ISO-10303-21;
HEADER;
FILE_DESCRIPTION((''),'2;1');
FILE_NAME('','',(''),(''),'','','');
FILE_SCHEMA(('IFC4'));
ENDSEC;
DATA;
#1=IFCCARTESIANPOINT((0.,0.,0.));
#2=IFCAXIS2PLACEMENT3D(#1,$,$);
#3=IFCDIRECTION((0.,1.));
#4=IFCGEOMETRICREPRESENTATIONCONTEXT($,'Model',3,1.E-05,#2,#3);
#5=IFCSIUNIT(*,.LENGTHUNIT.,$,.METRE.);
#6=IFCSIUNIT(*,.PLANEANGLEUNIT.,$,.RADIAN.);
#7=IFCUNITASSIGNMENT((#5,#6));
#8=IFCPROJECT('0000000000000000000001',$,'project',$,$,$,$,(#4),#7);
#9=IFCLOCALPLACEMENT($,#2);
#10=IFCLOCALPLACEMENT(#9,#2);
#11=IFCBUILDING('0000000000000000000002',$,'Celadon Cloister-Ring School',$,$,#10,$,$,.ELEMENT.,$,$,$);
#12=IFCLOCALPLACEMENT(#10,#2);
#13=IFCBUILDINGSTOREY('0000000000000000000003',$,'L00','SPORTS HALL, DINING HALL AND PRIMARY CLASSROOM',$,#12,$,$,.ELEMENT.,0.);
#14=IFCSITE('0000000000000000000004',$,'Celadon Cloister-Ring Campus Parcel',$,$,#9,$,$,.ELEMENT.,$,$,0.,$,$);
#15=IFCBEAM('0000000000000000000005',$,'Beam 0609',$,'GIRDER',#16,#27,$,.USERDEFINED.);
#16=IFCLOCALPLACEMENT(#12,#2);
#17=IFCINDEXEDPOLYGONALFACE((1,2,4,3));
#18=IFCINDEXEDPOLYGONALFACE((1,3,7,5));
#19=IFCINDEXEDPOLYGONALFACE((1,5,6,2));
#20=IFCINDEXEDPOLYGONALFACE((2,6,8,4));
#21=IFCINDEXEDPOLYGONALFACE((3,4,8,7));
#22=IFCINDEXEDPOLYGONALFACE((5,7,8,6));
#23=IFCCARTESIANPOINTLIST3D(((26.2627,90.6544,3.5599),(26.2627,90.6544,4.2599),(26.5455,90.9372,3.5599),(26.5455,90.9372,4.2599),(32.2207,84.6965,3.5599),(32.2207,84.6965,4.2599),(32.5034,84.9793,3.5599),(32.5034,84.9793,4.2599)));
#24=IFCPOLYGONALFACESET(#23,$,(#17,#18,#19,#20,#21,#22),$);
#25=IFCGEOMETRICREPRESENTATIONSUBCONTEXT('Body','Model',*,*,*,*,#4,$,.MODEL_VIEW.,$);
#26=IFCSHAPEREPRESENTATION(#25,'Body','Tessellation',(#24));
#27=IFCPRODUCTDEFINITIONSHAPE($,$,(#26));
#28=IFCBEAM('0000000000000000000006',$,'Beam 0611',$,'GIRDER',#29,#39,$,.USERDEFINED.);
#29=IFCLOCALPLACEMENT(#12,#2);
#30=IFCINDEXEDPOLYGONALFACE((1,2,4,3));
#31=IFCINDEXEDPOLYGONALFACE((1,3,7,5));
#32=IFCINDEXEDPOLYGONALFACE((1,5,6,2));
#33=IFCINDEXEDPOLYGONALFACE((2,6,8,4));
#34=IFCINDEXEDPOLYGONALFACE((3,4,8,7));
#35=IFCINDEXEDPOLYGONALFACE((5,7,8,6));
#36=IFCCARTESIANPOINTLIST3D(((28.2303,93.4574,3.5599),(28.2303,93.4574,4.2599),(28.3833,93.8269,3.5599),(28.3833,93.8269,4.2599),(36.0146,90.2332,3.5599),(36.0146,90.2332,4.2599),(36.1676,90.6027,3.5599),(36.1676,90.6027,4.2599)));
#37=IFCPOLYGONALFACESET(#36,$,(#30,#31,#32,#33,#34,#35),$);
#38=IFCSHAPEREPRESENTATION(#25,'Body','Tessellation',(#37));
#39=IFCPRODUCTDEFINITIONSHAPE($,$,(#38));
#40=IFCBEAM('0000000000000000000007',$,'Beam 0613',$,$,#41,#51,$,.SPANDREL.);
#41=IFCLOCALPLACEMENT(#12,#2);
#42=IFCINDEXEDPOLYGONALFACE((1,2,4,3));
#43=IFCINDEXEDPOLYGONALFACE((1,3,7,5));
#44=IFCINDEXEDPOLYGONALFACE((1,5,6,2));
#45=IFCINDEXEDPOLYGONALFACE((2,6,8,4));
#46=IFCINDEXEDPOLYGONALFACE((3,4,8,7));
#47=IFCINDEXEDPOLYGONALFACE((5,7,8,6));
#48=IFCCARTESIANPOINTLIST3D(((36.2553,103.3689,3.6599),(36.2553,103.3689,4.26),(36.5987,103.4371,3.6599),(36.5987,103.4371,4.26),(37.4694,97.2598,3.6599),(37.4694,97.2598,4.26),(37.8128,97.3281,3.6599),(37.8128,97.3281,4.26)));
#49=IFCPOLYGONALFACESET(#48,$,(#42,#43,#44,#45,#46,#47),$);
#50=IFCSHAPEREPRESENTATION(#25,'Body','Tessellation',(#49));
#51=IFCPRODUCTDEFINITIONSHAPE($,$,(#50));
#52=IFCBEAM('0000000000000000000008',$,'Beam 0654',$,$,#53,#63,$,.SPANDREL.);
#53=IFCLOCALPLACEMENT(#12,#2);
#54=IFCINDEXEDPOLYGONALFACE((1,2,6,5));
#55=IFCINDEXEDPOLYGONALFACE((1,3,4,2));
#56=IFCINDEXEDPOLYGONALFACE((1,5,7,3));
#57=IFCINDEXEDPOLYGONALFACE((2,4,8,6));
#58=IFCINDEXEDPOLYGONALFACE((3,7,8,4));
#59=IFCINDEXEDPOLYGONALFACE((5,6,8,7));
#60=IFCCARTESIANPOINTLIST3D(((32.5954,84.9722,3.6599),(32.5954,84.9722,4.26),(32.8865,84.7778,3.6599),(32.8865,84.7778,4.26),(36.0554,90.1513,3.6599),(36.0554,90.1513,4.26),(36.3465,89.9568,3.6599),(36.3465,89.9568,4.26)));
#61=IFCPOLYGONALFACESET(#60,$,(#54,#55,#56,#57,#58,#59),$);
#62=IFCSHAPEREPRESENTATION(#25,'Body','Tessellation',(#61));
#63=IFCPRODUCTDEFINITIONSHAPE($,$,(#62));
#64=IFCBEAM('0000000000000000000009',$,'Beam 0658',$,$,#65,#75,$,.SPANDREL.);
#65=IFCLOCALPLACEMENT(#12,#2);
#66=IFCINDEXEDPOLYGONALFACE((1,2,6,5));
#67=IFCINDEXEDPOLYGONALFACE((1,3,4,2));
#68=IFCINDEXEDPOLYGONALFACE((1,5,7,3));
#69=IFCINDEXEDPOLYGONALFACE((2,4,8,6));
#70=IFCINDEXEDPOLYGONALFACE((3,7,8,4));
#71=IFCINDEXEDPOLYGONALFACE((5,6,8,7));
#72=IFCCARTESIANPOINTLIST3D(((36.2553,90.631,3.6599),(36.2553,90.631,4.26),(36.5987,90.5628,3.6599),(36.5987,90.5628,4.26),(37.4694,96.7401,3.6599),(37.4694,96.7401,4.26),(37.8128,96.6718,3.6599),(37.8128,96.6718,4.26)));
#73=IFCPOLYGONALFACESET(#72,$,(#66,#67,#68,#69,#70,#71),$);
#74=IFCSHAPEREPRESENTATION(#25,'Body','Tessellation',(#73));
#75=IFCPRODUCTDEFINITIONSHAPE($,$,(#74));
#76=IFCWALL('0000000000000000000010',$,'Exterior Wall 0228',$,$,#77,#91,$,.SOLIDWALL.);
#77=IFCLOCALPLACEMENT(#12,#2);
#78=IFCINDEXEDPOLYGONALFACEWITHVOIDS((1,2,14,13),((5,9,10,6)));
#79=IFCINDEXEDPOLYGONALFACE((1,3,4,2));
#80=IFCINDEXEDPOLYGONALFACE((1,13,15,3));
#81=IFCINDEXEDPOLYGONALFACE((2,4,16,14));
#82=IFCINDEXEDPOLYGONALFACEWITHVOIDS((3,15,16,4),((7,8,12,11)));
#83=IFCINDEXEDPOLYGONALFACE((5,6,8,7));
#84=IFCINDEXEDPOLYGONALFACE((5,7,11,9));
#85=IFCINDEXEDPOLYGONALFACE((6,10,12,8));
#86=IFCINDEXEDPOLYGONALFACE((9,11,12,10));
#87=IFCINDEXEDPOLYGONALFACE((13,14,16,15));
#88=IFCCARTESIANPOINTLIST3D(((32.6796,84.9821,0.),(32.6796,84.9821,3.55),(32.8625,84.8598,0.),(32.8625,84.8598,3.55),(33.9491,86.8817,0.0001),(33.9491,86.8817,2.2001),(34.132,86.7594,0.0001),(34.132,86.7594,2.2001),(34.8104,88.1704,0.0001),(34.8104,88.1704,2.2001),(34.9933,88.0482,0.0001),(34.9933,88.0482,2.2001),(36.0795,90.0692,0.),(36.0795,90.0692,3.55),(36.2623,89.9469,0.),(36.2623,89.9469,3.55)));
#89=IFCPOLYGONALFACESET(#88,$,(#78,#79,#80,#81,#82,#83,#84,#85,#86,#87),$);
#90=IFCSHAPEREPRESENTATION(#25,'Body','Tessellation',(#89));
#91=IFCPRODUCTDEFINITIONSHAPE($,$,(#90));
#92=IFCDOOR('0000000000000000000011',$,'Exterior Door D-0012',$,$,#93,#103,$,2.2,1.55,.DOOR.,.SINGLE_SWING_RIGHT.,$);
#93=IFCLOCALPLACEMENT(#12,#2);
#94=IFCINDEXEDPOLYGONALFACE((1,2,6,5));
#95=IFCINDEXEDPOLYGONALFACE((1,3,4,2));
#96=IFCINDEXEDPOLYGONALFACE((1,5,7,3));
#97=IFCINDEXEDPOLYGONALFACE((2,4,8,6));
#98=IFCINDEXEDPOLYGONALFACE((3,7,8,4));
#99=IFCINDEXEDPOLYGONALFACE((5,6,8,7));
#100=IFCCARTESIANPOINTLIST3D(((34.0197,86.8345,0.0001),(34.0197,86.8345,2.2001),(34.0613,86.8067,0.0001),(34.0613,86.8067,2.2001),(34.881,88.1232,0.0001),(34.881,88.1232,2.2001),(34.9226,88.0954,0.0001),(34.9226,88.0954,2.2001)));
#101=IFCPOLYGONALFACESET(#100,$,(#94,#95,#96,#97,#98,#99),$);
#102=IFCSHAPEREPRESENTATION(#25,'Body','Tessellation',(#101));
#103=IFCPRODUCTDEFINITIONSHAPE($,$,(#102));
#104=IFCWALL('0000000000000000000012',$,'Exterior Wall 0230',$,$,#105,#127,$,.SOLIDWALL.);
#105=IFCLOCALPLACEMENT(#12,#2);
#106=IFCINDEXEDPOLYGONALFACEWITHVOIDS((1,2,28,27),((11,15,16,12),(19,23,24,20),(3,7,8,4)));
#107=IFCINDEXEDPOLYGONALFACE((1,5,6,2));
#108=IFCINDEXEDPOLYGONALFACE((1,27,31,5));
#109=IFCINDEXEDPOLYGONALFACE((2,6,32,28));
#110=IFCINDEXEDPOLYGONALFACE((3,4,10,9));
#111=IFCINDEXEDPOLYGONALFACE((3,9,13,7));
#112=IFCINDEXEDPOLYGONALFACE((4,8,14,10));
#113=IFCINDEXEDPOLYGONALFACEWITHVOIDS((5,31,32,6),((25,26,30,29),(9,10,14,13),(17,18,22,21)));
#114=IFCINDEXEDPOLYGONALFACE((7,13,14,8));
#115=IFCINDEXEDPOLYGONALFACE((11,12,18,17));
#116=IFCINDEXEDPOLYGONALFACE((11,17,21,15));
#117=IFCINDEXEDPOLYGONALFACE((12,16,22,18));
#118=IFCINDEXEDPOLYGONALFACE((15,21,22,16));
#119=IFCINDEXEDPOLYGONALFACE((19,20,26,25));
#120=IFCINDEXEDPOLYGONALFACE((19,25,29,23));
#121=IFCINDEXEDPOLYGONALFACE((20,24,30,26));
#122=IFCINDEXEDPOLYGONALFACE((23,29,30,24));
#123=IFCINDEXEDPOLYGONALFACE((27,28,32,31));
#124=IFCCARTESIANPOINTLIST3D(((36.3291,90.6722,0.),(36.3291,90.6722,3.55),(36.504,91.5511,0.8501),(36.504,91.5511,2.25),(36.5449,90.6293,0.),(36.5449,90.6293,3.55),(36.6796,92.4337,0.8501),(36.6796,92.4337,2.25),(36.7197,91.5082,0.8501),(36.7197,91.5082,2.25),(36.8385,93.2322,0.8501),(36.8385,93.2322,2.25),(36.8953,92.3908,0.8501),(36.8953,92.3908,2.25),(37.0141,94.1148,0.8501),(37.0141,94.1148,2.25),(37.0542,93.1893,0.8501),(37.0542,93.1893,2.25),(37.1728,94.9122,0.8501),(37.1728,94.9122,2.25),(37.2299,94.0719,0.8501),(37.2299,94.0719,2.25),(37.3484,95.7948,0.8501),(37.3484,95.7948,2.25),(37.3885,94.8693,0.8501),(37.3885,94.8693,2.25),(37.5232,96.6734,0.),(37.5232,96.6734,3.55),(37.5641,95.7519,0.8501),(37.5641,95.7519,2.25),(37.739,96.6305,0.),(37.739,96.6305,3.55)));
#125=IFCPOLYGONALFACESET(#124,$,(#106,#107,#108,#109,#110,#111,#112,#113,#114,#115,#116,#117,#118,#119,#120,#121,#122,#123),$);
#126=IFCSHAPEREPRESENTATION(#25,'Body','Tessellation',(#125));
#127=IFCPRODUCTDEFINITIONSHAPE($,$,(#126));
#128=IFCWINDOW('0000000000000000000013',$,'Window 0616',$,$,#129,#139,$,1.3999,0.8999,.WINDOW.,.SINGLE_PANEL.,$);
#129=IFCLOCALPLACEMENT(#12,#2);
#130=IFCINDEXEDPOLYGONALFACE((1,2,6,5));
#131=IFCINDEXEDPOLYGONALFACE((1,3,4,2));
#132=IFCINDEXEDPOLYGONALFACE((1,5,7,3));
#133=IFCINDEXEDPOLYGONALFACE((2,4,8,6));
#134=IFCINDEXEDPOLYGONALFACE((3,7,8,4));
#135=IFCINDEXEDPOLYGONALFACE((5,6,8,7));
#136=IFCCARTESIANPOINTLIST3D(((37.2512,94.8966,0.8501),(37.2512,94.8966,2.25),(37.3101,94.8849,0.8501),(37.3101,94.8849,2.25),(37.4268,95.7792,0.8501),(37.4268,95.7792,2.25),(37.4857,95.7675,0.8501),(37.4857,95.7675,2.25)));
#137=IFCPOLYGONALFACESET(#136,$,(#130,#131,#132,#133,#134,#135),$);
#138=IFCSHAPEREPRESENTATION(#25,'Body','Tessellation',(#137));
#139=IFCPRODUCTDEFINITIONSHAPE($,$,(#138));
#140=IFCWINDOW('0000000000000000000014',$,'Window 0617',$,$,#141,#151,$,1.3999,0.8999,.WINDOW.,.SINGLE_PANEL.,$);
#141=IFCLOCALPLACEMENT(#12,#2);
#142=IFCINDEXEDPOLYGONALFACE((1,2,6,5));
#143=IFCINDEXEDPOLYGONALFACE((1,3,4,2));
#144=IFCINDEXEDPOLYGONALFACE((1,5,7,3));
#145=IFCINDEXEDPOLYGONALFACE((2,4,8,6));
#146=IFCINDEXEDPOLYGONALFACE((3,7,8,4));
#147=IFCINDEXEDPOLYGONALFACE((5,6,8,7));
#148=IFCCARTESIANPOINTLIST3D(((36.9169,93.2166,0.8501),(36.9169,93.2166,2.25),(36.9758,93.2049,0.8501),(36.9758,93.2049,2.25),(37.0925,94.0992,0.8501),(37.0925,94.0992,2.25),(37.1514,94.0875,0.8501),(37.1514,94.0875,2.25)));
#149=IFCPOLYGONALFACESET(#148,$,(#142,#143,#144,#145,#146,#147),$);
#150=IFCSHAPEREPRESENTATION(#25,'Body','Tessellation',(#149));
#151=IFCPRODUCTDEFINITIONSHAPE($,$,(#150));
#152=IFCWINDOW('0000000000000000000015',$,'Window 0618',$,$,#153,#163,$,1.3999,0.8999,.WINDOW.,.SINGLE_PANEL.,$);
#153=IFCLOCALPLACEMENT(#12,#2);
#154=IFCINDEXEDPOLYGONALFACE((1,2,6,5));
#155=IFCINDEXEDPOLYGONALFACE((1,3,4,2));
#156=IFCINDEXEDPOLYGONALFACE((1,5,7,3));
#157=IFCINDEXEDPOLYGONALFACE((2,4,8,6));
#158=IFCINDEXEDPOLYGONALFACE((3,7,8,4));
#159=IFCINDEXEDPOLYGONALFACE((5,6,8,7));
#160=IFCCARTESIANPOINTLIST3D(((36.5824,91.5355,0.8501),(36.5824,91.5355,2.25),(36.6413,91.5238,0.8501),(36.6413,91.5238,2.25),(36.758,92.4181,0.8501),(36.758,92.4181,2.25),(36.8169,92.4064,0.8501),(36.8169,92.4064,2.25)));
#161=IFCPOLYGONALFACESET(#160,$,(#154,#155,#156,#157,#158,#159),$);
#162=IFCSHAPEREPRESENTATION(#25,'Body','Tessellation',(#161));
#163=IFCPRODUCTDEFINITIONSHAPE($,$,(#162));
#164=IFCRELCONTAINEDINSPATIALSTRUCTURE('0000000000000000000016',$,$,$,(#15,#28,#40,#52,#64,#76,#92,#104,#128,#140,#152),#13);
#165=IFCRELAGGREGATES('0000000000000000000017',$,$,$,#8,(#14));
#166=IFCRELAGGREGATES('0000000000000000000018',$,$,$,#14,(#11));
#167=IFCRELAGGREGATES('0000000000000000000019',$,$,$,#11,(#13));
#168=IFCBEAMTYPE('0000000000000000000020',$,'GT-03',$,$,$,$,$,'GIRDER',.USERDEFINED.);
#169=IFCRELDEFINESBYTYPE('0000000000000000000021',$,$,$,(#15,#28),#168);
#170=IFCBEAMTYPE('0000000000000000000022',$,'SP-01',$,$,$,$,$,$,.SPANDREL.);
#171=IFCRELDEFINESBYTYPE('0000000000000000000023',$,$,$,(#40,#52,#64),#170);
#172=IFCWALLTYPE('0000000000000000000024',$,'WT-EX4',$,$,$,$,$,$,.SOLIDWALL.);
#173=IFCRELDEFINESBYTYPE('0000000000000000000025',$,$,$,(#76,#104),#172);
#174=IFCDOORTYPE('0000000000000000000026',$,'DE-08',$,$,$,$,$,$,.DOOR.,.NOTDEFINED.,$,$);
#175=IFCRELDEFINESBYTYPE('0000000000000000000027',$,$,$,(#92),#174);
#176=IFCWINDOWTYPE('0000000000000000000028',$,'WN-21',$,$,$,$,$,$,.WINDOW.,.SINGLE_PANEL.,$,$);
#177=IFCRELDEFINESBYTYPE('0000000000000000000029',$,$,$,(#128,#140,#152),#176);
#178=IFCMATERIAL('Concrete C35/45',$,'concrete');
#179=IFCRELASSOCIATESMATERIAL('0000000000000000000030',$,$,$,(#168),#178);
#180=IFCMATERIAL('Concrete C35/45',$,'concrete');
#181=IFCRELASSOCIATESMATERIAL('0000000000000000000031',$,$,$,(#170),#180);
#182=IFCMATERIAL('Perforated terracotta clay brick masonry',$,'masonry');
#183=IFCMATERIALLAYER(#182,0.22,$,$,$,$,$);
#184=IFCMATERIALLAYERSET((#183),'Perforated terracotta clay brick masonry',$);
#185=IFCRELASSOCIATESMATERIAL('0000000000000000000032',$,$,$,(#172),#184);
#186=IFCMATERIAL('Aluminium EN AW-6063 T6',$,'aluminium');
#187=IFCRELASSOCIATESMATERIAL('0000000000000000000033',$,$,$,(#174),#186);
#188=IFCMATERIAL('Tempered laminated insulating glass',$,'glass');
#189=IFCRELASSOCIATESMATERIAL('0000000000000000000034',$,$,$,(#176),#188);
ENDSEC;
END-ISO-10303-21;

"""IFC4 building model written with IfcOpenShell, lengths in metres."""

from ifc_helpers import new_model, si_unit, direction, frame, frame_2d, origin, origin_2d, place, context, subcontext, project, spatial, rectangle, extrude, material, layer, layer_set, material_profile, profile_set, type_object, element, fill, save


model = new_model("IFC4")

# Units and contexts
model_context = context("Model", 3, precision=1e-05, world=origin(), true_north=direction((0.0, 1.0)))
body_context = subcontext(model_context, "Body", "Model", "MODEL_VIEW")
ifc_project = project(units=[si_unit("LENGTHUNIT", "METRE"), si_unit("PLANEANGLEUNIT", "RADIAN")], contexts=[model_context])

# Site, building, storey
site_placement = place(None, origin())
site = spatial("IfcSite", under=ifc_project, at=site_placement, Name="Celadon Cloister-Ring Campus Parcel", CompositionType="ELEMENT", RefElevation=0.0)
building_placement = place(site_placement, origin())
building = spatial("IfcBuilding", under=site, at=building_placement, Name="Celadon Cloister-Ring School", CompositionType="ELEMENT")
storey_placement = place(building_placement, origin())
storey = spatial("IfcBuildingStorey", under=building, at=storey_placement, Name="L00", Description="SPORTS HALL, DINING HALL AND PRIMARY CLASSROOM", CompositionType="ELEMENT", Elevation=0.0)

# Beams
ifc_material_1 = material(Name="Concrete C35/45", Category="concrete")
ifc_material_profile_1 = material_profile(ifc_material_1, rectangle(XDim=0.3999, YDim=0.7, at=origin_2d()), Name="RC400X700")
ifc_profile_set_1 = profile_set([ifc_material_profile_1], Name="Concrete C35/45")
beam_type_1 = type_object("IfcBeamType", Name="GT-03", ElementType="GIRDER", PredefinedType="USERDEFINED", material=ifc_profile_set_1)
beam_1_placement = place(storey_placement, frame((32.3621, 84.8379, 3.9099), z_axis=(-0.707107, 0.707107, 0.0), x_axis=(-0.707107, -0.707107, 0.0)))
element("IfcBeam", 1, at=beam_1_placement, inside=storey, type_object=beam_type_1, Name="Beam 0609", ObjectType="GIRDER", PredefinedType="USERDEFINED", context=body_context, shape_type="SweptSolid", body=[
    extrude(rectangle(XDim=0.3999, YDim=0.7, at=origin_2d()), origin(), (0.0, 0.0, 1.0), 8.4258),
])
beam_2_placement = place(storey_placement, frame((36.0911, 90.418, 3.9099), z_axis=(-0.923888, 0.382664, 0.0), x_axis=(-0.382664, -0.923888, 0.0)))
element("IfcBeam", 2, at=beam_2_placement, inside=storey, type_object=beam_type_1, Name="Beam 0611", ObjectType="GIRDER", PredefinedType="USERDEFINED", context=body_context, shape_type="SweptSolid", body=[
    extrude(rectangle(XDim=0.3999, YDim=0.7, at=origin_2d()), origin(), (0.0, 0.0, 1.0), 8.4255),
])
ifc_material_2 = material(Name="Concrete C35/45", Category="concrete")
ifc_material_profile_2 = material_profile(ifc_material_2, rectangle(XDim=0.3501, YDim=0.6001, at=origin_2d()), Name="RC350X600")
ifc_profile_set_2 = profile_set([ifc_material_profile_2], Name="Concrete C35/45")
beam_type_2 = type_object("IfcBeamType", Name="SP-01", PredefinedType="SPANDREL", material=ifc_profile_set_2)
for number, where, z_axis, x_axis, name in (
    (3, (37.6411, 97.2939, 3.96), (-0.194925, 0.980818, 0.0), (-0.980818, -0.194925, 0.0), "Beam 0613"),
    (4, (32.741, 84.875, 3.96), (0.555514, 0.831507, 0.0), (-0.831507, 0.555514, 0.0), "Beam 0654"),
    (5, (36.427, 90.5969, 3.96), (0.194925, 0.980818, 0.0), (-0.980818, 0.194925, 0.0), "Beam 0658"),
):
    element("IfcBeam", number, at=place(storey_placement, frame(where, z_axis=z_axis, x_axis=x_axis)), inside=storey, type_object=beam_type_2, Name=name, PredefinedType="SPANDREL", context=body_context, shape_type="SweptSolid", body=[
        extrude(rectangle(XDim=0.3501, YDim=0.6001, at=origin_2d()), origin(), (0.0, 0.0, 1.0), 6.2285),
    ])

# Wall, opening, door
ifc_material_3 = material(Name="Perforated terracotta clay brick masonry", Category="masonry")
ifc_layer_1 = layer(ifc_material_3, 0.22)
ifc_layer_set_1 = layer_set([ifc_layer_1], Name="Perforated terracotta clay brick masonry")
wall_type_1 = type_object("IfcWallType", Name="WT-EX4", PredefinedType="SOLIDWALL", material=ifc_layer_set_1)
wall_1_placement = place(storey_placement, frame((36.1709, 90.0081, 0.0), z_axis=(0.0, 0.0, 1.0), x_axis=(-0.555657, -0.831411, 0.0)))
wall_1 = element("IfcWall", 6, at=wall_1_placement, inside=storey, type_object=wall_type_1, Name="Exterior Wall 0228", PredefinedType="SOLIDWALL", context=body_context, shape_type="SweptSolid", body=[
    extrude(rectangle(XDim=6.1187, YDim=0.22, at=frame_2d((3.0593, 0.0))), origin(), (0.0, 0.0, 1.0), 3.55),
])
opening_1_placement = place(wall_1_placement, frame((2.2839, 0.0, 0.0)))
opening_1 = element("IfcOpeningElement", 7, at=opening_1_placement, cuts=wall_1, PredefinedType="OPENING", context=body_context, shape_type="SweptSolid", body=[
    extrude(rectangle(XDim=1.55, YDim=2.2, at=frame_2d((0.7749, 1.1001))), frame((0.0, 0.1201, 0.0), z_axis=(0.0, -1.0, 0.0), x_axis=(1.0, 0.0, 0.0)), (0.0, 0.0, 1.0), 0.24),
])
ifc_material_4 = material(Name="Aluminium EN AW-6063 T6", Category="aluminium")
door_type = type_object("IfcDoorType", Name="DE-08", OperationType="NOTDEFINED", PredefinedType="DOOR", material=ifc_material_4)
door_placement = place(opening_1_placement, origin())
door = element("IfcDoor", 8, at=door_placement, inside=storey, type_object=door_type, Name="Exterior Door D-0012", OperationType="SINGLE_SWING_RIGHT", OverallHeight=2.2, OverallWidth=1.55, PredefinedType="DOOR", context=body_context, shape_type="SweptSolid", body=[
    extrude(rectangle(XDim=1.55, YDim=2.2, at=frame_2d((0.7749, 1.1001))), frame((0.0, 0.0249, 0.0), z_axis=(0.0, -1.0, 0.0), x_axis=(1.0, 0.0, 0.0)), (0.0, 0.0, 1.0), 0.05),
])
fill(opening_1, door)

# Wall, openings, windows
wall_2_placement = place(storey_placement, frame((37.6311, 96.6521, 0.0), z_axis=(0.0, 0.0, 1.0), x_axis=(-0.195149, -0.980774, 0.0)))
wall_2 = element("IfcWall", 9, at=wall_2_placement, inside=storey, type_object=wall_type_1, Name="Exterior Wall 0230", PredefinedType="SOLIDWALL", context=body_context, shape_type="SweptSolid", body=[
    extrude(rectangle(XDim=6.1189, YDim=0.22, at=frame_2d((3.0596, 0.0))), origin(), (0.0, 0.0, 1.0), 3.55),
])
opening_2_placement = place(wall_2_placement, frame((0.896, 0.0, 0.8501)))
opening_2 = element("IfcOpeningElement", 10, at=opening_2_placement, cuts=wall_2, PredefinedType="OPENING", context=body_context, shape_type="SweptSolid", body=[
    extrude(rectangle(XDim=0.8999, YDim=1.3999, at=frame_2d((0.45, 0.7))), frame((0.0, 0.1201, 0.0), z_axis=(0.0, -1.0, 0.0), x_axis=(1.0, 0.0, 0.0)), (0.0, 0.0, 1.0), 0.24),
])
opening_3_placement = place(wall_2_placement, frame((2.6089, 0.0, 0.8501)))
opening_3 = element("IfcOpeningElement", 11, at=opening_3_placement, cuts=wall_2, PredefinedType="OPENING", context=body_context, shape_type="SweptSolid", body=[
    extrude(rectangle(XDim=0.8999, YDim=1.3999, at=frame_2d((0.45, 0.7))), frame((0.0, 0.1201, 0.0), z_axis=(0.0, -1.0, 0.0), x_axis=(1.0, 0.0, 0.0)), (0.0, 0.0, 1.0), 0.24),
])
opening_4_placement = place(wall_2_placement, frame((4.323, 0.0, 0.8501)))
opening_4 = element("IfcOpeningElement", 12, at=opening_4_placement, cuts=wall_2, PredefinedType="OPENING", context=body_context, shape_type="SweptSolid", body=[
    extrude(rectangle(XDim=0.8999, YDim=1.3999, at=frame_2d((0.45, 0.7))), frame((0.0, 0.1201, 0.0), z_axis=(0.0, -1.0, 0.0), x_axis=(1.0, 0.0, 0.0)), (0.0, 0.0, 1.0), 0.24),
])
ifc_material_5 = material(Name="Tempered laminated insulating glass", Category="glass")
window_type = type_object("IfcWindowType", Name="WN-21", PartitioningType="SINGLE_PANEL", PredefinedType="WINDOW", material=ifc_material_5)
window_1_placement = place(opening_2_placement, origin())
window_1 = element("IfcWindow", 13, at=window_1_placement, inside=storey, type_object=window_type, Name="Window 0616", OverallHeight=1.3999, OverallWidth=0.8999, PartitioningType="SINGLE_PANEL", PredefinedType="WINDOW", context=body_context, shape_type="SweptSolid", body=[
    extrude(rectangle(XDim=0.8999, YDim=1.3999, at=frame_2d((0.45, 0.7))), frame((0.0, 0.03, 0.0), z_axis=(0.0, -1.0, 0.0), x_axis=(1.0, 0.0, 0.0)), (0.0, 0.0, 1.0), 0.0601),
])
fill(opening_2, window_1)
window_2_placement = place(opening_3_placement, origin())
window_2 = element("IfcWindow", 14, at=window_2_placement, inside=storey, type_object=window_type, Name="Window 0617", OverallHeight=1.3999, OverallWidth=0.8999, PartitioningType="SINGLE_PANEL", PredefinedType="WINDOW", context=body_context, shape_type="SweptSolid", body=[
    extrude(rectangle(XDim=0.8999, YDim=1.3999, at=frame_2d((0.45, 0.7))), frame((0.0, 0.03, 0.0), z_axis=(0.0, -1.0, 0.0), x_axis=(1.0, 0.0, 0.0)), (0.0, 0.0, 1.0), 0.0601),
])
fill(opening_3, window_2)
window_3_placement = place(opening_4_placement, origin())
window_3 = element("IfcWindow", 15, at=window_3_placement, inside=storey, type_object=window_type, Name="Window 0618", OverallHeight=1.3999, OverallWidth=0.8999, PartitioningType="SINGLE_PANEL", PredefinedType="WINDOW", context=body_context, shape_type="SweptSolid", body=[
    extrude(rectangle(XDim=0.8999, YDim=1.3999, at=frame_2d((0.45, 0.7))), frame((0.0, 0.03, 0.0), z_axis=(0.0, -1.0, 0.0), x_axis=(1.0, 0.0, 0.0)), (0.0, 0.0, 1.0), 0.0601),
])
fill(opening_4, window_3)

save(model, "model.ifc")
